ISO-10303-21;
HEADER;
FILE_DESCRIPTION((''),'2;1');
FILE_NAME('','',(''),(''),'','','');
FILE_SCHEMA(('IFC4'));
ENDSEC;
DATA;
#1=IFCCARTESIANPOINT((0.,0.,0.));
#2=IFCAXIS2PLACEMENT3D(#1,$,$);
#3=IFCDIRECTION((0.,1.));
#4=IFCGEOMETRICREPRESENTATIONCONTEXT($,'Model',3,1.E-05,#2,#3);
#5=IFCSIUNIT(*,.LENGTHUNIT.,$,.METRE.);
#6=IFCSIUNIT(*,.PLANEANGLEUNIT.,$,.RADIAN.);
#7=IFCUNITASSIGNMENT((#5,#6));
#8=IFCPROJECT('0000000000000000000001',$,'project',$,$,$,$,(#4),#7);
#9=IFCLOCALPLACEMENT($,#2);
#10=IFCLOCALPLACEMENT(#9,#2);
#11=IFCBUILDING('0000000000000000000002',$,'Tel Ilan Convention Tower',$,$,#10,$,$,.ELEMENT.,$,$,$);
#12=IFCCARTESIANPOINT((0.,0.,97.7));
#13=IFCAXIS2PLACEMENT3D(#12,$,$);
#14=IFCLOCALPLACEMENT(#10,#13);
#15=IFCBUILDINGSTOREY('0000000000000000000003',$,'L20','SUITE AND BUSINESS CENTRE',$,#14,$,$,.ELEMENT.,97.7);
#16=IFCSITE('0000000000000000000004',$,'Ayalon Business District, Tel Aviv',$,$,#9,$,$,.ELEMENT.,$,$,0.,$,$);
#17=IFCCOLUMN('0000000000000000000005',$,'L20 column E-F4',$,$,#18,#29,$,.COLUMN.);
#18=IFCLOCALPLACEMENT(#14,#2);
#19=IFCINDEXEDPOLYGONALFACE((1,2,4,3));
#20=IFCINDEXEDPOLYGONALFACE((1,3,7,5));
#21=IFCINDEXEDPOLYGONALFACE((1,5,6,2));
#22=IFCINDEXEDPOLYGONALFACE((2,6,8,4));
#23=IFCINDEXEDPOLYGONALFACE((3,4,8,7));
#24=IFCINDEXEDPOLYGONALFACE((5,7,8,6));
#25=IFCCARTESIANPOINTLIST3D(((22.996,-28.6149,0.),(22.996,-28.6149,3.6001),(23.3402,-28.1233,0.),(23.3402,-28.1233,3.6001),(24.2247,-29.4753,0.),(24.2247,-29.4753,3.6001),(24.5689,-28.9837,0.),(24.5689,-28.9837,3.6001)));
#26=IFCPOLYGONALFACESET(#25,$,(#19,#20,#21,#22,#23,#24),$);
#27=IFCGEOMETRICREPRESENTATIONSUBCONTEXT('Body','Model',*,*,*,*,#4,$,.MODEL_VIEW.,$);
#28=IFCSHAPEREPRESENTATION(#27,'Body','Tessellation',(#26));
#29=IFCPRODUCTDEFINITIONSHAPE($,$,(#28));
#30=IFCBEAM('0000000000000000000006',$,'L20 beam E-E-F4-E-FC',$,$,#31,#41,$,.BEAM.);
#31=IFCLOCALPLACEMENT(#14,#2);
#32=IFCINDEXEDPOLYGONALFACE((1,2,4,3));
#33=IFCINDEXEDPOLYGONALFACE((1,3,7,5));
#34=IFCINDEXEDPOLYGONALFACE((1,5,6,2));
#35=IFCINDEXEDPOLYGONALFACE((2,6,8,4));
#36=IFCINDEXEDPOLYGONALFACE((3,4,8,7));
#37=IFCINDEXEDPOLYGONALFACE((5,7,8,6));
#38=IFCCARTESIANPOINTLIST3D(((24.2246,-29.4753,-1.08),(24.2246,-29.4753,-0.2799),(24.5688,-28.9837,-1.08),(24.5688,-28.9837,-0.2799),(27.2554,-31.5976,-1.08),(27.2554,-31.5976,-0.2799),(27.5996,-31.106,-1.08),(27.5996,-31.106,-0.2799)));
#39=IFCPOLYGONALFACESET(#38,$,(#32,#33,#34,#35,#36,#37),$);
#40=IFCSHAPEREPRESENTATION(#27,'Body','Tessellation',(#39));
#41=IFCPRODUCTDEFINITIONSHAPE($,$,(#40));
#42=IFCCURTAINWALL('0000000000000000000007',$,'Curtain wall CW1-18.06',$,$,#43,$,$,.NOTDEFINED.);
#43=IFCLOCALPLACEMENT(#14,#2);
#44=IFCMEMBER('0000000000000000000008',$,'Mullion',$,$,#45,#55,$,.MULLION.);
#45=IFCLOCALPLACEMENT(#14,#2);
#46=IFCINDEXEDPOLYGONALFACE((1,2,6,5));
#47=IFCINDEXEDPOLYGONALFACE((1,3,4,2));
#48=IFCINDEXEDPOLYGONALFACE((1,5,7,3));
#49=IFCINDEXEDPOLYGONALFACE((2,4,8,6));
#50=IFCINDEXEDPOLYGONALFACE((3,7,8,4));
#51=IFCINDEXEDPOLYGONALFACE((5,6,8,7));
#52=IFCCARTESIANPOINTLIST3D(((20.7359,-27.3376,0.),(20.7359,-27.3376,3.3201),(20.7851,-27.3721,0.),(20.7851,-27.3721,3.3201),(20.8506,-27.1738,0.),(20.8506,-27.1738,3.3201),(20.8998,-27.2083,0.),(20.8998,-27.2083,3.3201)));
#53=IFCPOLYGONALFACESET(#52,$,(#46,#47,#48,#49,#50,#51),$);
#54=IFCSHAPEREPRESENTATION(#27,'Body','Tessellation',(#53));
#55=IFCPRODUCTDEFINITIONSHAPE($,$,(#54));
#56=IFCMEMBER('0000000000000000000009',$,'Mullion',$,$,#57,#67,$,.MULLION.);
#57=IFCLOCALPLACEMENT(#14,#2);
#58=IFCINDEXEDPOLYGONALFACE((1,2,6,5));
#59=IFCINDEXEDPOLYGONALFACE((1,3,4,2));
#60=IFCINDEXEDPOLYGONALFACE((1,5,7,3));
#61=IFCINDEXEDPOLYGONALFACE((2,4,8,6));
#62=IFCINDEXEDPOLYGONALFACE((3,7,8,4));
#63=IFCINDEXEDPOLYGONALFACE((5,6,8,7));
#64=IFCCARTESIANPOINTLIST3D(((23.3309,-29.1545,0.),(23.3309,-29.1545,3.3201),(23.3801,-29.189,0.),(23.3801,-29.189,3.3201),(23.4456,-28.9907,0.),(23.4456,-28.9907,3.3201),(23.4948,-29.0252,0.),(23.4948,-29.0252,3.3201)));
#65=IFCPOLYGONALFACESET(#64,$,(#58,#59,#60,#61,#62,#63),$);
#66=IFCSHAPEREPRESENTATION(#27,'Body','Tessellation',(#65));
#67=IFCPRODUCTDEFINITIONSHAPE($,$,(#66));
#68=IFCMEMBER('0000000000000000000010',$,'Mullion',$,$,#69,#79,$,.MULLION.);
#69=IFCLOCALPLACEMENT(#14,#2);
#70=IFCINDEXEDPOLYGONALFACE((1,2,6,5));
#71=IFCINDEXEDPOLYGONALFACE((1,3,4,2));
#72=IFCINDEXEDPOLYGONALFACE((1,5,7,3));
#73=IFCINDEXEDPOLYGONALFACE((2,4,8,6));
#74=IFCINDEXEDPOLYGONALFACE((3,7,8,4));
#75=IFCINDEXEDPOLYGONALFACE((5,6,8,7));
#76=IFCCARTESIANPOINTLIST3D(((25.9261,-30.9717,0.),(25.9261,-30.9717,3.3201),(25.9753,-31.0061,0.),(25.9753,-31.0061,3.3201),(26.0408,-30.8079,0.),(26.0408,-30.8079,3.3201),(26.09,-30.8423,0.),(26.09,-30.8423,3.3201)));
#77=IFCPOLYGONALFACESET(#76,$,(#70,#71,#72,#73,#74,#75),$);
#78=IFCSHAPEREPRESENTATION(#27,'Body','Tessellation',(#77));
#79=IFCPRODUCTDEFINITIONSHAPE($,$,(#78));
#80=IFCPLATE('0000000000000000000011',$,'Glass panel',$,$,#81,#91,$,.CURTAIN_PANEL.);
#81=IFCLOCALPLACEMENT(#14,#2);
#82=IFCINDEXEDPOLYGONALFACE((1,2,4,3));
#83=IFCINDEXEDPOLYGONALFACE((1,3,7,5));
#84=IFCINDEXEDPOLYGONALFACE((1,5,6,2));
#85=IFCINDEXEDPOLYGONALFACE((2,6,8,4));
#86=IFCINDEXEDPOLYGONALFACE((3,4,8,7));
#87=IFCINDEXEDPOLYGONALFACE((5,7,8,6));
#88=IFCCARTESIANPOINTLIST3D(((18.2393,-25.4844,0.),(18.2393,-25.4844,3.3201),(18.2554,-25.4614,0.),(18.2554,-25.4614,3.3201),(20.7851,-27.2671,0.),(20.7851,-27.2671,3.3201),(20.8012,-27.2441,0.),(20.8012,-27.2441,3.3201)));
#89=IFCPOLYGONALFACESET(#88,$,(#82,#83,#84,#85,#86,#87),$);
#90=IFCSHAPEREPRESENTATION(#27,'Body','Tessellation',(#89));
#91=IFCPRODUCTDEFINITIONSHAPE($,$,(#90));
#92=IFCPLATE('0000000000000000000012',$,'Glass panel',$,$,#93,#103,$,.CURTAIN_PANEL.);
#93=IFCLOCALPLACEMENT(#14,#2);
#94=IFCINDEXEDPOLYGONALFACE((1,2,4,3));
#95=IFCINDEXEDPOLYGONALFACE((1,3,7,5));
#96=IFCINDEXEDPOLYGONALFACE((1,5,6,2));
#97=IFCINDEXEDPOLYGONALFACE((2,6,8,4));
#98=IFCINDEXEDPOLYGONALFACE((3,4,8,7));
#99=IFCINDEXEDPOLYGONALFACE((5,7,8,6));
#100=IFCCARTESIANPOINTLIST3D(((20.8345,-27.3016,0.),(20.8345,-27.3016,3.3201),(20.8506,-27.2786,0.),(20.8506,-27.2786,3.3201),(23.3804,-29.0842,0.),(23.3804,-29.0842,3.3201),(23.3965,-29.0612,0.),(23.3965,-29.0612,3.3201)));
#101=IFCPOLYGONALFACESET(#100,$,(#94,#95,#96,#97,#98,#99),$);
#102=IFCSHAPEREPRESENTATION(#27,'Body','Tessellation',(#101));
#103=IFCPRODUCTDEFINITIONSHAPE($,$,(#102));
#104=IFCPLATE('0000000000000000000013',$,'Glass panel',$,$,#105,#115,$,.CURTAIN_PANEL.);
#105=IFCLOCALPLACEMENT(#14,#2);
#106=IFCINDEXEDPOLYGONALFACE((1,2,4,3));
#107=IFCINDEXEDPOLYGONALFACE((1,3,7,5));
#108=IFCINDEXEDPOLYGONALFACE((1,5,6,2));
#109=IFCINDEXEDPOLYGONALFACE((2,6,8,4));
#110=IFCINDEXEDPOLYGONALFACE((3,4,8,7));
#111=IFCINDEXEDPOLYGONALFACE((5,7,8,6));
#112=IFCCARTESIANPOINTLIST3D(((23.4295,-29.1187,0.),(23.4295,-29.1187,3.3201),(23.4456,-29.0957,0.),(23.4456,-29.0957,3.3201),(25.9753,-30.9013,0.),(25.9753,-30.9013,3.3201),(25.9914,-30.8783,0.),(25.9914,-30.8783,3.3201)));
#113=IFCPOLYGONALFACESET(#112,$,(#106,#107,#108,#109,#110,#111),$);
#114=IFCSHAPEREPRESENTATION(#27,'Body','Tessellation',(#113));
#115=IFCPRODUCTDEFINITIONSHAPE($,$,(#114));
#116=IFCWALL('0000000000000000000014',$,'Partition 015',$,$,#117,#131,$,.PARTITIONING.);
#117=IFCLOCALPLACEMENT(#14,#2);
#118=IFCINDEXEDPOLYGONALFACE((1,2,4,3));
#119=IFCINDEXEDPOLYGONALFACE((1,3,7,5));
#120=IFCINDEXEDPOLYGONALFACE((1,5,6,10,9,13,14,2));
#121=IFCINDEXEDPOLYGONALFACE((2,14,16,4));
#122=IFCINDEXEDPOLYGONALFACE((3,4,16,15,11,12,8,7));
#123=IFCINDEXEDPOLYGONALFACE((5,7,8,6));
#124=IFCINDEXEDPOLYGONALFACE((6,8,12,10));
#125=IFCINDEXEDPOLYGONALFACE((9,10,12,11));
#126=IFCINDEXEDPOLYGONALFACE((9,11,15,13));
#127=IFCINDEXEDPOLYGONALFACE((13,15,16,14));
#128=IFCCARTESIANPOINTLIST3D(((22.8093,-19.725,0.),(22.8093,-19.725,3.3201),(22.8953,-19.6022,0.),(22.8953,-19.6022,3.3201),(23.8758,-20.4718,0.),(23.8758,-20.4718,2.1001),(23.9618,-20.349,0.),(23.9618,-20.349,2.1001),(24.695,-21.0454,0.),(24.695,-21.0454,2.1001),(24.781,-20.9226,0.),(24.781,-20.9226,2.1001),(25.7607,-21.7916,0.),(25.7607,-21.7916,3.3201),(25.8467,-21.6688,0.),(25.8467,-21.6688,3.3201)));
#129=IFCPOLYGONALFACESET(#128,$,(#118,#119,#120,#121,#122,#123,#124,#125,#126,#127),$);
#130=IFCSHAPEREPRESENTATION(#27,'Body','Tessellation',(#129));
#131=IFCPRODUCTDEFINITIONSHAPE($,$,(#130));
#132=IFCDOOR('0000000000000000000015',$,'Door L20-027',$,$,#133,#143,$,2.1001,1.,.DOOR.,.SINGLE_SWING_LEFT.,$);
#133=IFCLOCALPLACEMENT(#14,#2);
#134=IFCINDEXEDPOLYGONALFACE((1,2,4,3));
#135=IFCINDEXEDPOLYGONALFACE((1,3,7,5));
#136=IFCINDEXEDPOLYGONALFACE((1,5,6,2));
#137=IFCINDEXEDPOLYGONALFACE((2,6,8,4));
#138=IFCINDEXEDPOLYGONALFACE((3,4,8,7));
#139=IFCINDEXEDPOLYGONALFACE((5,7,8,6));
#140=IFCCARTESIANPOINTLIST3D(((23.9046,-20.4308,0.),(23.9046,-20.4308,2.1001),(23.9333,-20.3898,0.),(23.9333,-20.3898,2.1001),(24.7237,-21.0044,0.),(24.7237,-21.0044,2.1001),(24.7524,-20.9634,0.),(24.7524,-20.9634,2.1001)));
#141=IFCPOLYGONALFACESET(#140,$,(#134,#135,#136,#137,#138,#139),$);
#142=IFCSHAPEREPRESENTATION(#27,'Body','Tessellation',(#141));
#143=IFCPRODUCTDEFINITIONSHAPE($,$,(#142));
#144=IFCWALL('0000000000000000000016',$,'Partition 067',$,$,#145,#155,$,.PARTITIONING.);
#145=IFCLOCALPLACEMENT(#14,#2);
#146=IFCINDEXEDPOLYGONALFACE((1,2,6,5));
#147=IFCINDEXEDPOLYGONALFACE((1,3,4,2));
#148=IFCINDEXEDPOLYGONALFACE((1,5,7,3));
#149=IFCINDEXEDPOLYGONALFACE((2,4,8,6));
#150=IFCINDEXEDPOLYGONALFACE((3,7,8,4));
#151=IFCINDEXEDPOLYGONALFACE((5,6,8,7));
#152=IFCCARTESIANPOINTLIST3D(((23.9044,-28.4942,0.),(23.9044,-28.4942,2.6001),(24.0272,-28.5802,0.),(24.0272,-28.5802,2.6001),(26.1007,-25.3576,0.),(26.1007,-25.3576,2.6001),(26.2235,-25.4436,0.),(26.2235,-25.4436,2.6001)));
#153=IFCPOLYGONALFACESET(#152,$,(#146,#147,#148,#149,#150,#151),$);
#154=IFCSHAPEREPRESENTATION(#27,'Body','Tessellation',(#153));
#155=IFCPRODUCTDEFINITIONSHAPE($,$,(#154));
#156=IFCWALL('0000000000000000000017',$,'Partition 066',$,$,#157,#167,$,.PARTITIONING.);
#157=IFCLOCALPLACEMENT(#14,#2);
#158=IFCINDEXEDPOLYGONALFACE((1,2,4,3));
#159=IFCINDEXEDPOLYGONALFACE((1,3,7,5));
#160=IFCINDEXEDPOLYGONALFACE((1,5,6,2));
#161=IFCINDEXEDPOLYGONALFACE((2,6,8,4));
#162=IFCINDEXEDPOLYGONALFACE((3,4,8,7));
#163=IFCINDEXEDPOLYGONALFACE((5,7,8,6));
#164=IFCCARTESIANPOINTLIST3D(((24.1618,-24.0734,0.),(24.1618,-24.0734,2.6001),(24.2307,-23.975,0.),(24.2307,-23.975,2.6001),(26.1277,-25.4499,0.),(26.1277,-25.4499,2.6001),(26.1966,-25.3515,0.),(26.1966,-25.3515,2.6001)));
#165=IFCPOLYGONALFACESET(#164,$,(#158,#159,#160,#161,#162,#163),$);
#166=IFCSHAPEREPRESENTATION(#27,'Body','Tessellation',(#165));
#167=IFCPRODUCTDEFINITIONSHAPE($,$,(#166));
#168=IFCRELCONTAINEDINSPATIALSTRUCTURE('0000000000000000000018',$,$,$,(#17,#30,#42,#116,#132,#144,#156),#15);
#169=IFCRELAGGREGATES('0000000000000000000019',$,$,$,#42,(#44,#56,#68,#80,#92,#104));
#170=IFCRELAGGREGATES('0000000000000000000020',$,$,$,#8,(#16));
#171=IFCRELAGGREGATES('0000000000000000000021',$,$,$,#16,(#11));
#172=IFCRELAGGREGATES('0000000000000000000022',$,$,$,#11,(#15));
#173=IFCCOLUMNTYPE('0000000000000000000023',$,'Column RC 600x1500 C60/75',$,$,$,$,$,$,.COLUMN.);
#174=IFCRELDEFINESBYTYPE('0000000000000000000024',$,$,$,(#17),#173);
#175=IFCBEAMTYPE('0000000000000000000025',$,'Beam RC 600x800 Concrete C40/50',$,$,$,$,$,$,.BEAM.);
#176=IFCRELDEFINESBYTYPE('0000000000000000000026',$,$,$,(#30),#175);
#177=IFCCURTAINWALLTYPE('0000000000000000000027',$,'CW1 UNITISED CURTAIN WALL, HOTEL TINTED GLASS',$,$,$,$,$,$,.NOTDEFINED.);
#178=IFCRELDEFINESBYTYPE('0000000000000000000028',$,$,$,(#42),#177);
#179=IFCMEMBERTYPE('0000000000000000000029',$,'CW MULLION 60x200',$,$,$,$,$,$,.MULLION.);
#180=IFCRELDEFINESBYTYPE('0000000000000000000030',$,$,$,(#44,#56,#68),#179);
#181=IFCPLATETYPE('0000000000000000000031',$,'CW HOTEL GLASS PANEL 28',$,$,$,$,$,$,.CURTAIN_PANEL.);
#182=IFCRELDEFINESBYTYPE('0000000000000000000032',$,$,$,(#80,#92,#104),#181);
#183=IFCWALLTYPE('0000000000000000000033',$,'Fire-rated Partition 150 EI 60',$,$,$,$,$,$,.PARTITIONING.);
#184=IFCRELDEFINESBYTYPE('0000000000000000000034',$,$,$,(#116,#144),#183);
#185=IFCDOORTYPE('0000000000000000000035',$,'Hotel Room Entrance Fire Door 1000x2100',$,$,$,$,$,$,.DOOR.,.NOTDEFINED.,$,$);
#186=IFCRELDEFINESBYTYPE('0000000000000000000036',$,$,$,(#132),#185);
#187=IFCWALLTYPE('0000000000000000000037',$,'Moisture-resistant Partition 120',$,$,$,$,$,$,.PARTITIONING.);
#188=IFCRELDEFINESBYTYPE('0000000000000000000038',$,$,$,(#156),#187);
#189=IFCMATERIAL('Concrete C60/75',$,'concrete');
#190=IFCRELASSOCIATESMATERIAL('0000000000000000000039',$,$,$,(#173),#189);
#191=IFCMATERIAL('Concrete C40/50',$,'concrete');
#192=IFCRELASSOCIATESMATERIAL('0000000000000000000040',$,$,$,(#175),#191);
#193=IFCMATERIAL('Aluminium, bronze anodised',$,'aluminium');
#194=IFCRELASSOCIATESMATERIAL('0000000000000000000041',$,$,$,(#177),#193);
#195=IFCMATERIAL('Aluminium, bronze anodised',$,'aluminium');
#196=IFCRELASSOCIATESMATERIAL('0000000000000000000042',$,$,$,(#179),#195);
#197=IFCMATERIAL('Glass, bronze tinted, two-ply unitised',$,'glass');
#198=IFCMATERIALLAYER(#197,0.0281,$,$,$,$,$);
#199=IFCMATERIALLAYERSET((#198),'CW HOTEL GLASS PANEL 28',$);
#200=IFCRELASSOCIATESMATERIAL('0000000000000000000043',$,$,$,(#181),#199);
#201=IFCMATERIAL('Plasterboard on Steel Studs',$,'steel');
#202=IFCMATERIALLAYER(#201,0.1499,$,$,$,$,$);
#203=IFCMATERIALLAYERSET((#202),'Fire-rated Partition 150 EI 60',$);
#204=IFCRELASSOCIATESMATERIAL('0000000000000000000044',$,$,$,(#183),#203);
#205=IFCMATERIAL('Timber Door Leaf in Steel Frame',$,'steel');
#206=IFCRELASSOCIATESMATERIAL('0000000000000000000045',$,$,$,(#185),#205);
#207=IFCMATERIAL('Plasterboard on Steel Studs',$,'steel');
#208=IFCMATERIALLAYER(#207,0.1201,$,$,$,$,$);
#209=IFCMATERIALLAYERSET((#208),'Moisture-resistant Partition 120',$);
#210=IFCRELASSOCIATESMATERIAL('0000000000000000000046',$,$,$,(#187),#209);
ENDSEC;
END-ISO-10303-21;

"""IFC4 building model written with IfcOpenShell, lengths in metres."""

from ifc_helpers import new_model, si_unit, direction, frame, frame_2d, origin, origin_2d, place, context, subcontext, project, spatial, rectangle, extrude, material, layer, layer_set, material_profile, profile_set, type_object, element, fill, aggregate, save


model = new_model("IFC4")

# Units and contexts
model_context = context("Model", 3, precision=1e-05, world=origin(), true_north=direction((0.0, 1.0)))
body_context = subcontext(model_context, "Body", "Model", "MODEL_VIEW")
ifc_project = project(units=[si_unit("LENGTHUNIT", "METRE"), si_unit("PLANEANGLEUNIT", "RADIAN")], contexts=[model_context])

# Site, building, storey
site_placement = place(None, origin())
site = spatial("IfcSite", under=ifc_project, at=site_placement, Name="Ayalon Business District, Tel Aviv", CompositionType="ELEMENT", RefElevation=0.0)
building_placement = place(site_placement, origin())
building = spatial("IfcBuilding", under=site, at=building_placement, Name="Tel Ilan Convention Tower", CompositionType="ELEMENT")
storey_placement = place(building_placement, frame((0.0, 0.0, 97.7)))
storey = spatial("IfcBuildingStorey", under=building, at=storey_placement, Name="L20", Description="SUITE AND BUSINESS CENTRE", CompositionType="ELEMENT", Elevation=97.7)

# Column
ifc_material_1 = material(Name="Concrete C60/75", Category="concrete")
ifc_material_profile_1 = material_profile(ifc_material_1, rectangle(XDim=1.5, YDim=0.6001, at=origin_2d()), Name="RC 600x1500")
ifc_profile_set_1 = profile_set([ifc_material_profile_1], Name="Concrete C60/75")
column_type = type_object("IfcColumnType", Name="Column RC 600x1500 C60/75", PredefinedType="COLUMN", material=ifc_profile_set_1)
column_placement = place(storey_placement, frame((23.7825, -28.7993, 0.0), z_axis=(0.0, 0.0, 1.0), x_axis=(0.819152, -0.573576, 0.0)))
element("IfcColumn", 1, at=column_placement, inside=storey, type_object=column_type, Name="L20 column E-F4", PredefinedType="COLUMN", context=body_context, shape_type="SweptSolid", body=[
    extrude(rectangle(XDim=1.5, YDim=0.6001, at=origin_2d()), origin(), (0.0, 0.0, 1.0), 3.6001),
])

# Beam
ifc_material_2 = material(Name="Concrete C40/50", Category="concrete")
ifc_material_profile_2 = material_profile(ifc_material_2, rectangle(XDim=0.6001, YDim=0.8, at=origin_2d()), Name="RC 600x800")
ifc_profile_set_2 = profile_set([ifc_material_profile_2], Name="Concrete C40/50")
beam_type = type_object("IfcBeamType", Name="Beam RC 600x800 Concrete C40/50", PredefinedType="BEAM", material=ifc_profile_set_2)
beam_placement = place(storey_placement, frame((24.3967, -29.2295, -0.6799), z_axis=(0.819133, -0.573604, 0.0), x_axis=(0.573604, 0.819133, 0.0)))
element("IfcBeam", 2, at=beam_placement, inside=storey, type_object=beam_type, Name="L20 beam E-E-F4-E-FC", PredefinedType="BEAM", context=body_context, shape_type="SweptSolid", body=[
    extrude(rectangle(XDim=0.6001, YDim=0.8, at=origin_2d()), origin(), (0.0, 0.0, 1.0), 3.7),
])

# Curtain wall, members, plates
ifc_material_3 = material(Name="Aluminium, bronze anodised", Category="aluminium")
curtain_wall_type = type_object("IfcCurtainWallType", Name="CW1 UNITISED CURTAIN WALL, HOTEL TINTED GLASS", PredefinedType="NOTDEFINED", material=ifc_material_3)
curtain_wall_placement = place(storey_placement, origin())
curtain_wall = element("IfcCurtainWall", 3, at=curtain_wall_placement, inside=storey, type_object=curtain_wall_type, Name="Curtain wall CW1-18.06", PredefinedType="NOTDEFINED")
ifc_material_4 = material(Name="Aluminium, bronze anodised", Category="aluminium")
ifc_material_profile_3 = material_profile(ifc_material_4, rectangle(XDim=0.0601, YDim=0.2, at=origin_2d()), Name="CW MULLION 60x200")
ifc_profile_set_3 = profile_set([ifc_material_profile_3], Name="Aluminium, bronze anodised")
member_type = type_object("IfcMemberType", Name="CW MULLION 60x200", PredefinedType="MULLION", material=ifc_profile_set_3)
member_1_placement = place(storey_placement, frame((20.8179, -27.2729, 0.0), z_axis=(0.0, 0.0, 1.0), x_axis=(0.819152, -0.573576, 0.0)))
member_1 = element("IfcMember", 4, at=member_1_placement, type_object=member_type, Name="Mullion", PredefinedType="MULLION", context=body_context, shape_type="SweptSolid", body=[
    extrude(rectangle(XDim=0.0601, YDim=0.2, at=origin_2d()), origin(), (0.0, 0.0, 1.0), 3.3201),
])
member_2_placement = place(storey_placement, frame((23.4128, -29.0898, 0.0), z_axis=(0.0, 0.0, 1.0), x_axis=(0.819152, -0.573576, 0.0)))
member_2 = element("IfcMember", 5, at=member_2_placement, type_object=member_type, Name="Mullion", PredefinedType="MULLION", context=body_context, shape_type="SweptSolid", body=[
    extrude(rectangle(XDim=0.0601, YDim=0.2, at=origin_2d()), origin(), (0.0, 0.0, 1.0), 3.3201),
])
member_3_placement = place(storey_placement, frame((26.0081, -30.907, 0.0), z_axis=(0.0, 0.0, 1.0), x_axis=(0.819152, -0.573576, 0.0)))
member_3 = element("IfcMember", 6, at=member_3_placement, type_object=member_type, Name="Mullion", PredefinedType="MULLION", context=body_context, shape_type="SweptSolid", body=[
    extrude(rectangle(XDim=0.0601, YDim=0.2, at=origin_2d()), origin(), (0.0, 0.0, 1.0), 3.3201),
])
ifc_material_5 = material(Name="Glass, bronze tinted, two-ply unitised", Category="glass")
ifc_layer_1 = layer(ifc_material_5, 0.0281)
ifc_layer_set_1 = layer_set([ifc_layer_1], Name="CW HOTEL GLASS PANEL 28")
plate_type = type_object("IfcPlateType", Name="CW HOTEL GLASS PANEL 28", PredefinedType="CURTAIN_PANEL", material=ifc_layer_set_1)
plate_1_placement = place(storey_placement, frame((19.5203, -26.3643, 0.0), z_axis=(0.0, 0.0, 1.0), x_axis=(0.819152, -0.573576, 0.0)))
plate_1 = element("IfcPlate", 7, at=plate_1_placement, type_object=plate_type, Name="Glass panel", PredefinedType="CURTAIN_PANEL", context=body_context, shape_type="SweptSolid", body=[
    extrude(rectangle(XDim=3.1079, YDim=0.0281, at=origin_2d()), origin(), (0.0, 0.0, 1.0), 3.3201),
])
plate_2_placement = place(storey_placement, frame((22.1155, -28.1814, 0.0), z_axis=(0.0, 0.0, 1.0), x_axis=(0.819152, -0.573576, 0.0)))
plate_2 = element("IfcPlate", 8, at=plate_2_placement, type_object=plate_type, Name="Glass panel", PredefinedType="CURTAIN_PANEL", context=body_context, shape_type="SweptSolid", body=[
    extrude(rectangle(XDim=3.1079, YDim=0.0281, at=origin_2d()), origin(), (0.0, 0.0, 1.0), 3.3201),
])
plate_3_placement = place(storey_placement, frame((24.7104, -29.9985, 0.0), z_axis=(0.0, 0.0, 1.0), x_axis=(0.819152, -0.573576, 0.0)))
plate_3 = element("IfcPlate", 9, at=plate_3_placement, type_object=plate_type, Name="Glass panel", PredefinedType="CURTAIN_PANEL", context=body_context, shape_type="SweptSolid", body=[
    extrude(rectangle(XDim=3.1079, YDim=0.0281, at=origin_2d()), origin(), (0.0, 0.0, 1.0), 3.3201),
])
aggregate(curtain_wall, [member_1, member_2, member_3, plate_1, plate_2, plate_3])

# Wall, opening, door
ifc_material_6 = material(Name="Plasterboard on Steel Studs", Category="steel")
ifc_layer_2 = layer(ifc_material_6, 0.1499)
ifc_layer_set_2 = layer_set([ifc_layer_2], Name="Fire-rated Partition 150 EI 60")
wall_type_1 = type_object("IfcWallType", Name="Fire-rated Partition 150 EI 60", PredefinedType="PARTITIONING", material=ifc_layer_set_2)
wall_1_placement = place(storey_placement, frame((25.8037, -21.7302, 0.0), z_axis=(0.0, 0.0, 1.0), x_axis=(-0.819146, 0.573585, 0.0)))
wall_1 = element("IfcWall", 10, at=wall_1_placement, inside=storey, type_object=wall_type_1, Name="Partition 015", PredefinedType="PARTITIONING", context=body_context, shape_type="SweptSolid", body=[
    extrude(rectangle(XDim=3.603, YDim=0.1499, at=frame_2d((1.8015, 0.0))), origin(), (0.0, 0.0, 1.0), 3.3201),
])
opening_placement = place(wall_1_placement, frame((1.301, 0.0, 0.0)))
opening = element("IfcOpeningElement", 11, at=opening_placement, cuts=wall_1, PredefinedType="OPENING", context=body_context, shape_type="SweptSolid", body=[
    extrude(rectangle(XDim=1.0, YDim=2.1001, at=frame_2d((0.5, 1.05))), frame((0.0, 0.085, 0.0), z_axis=(0.0, -1.0, 0.0), x_axis=(1.0, 0.0, 0.0)), (0.0, 0.0, 1.0), 0.1699),
])
ifc_material_7 = material(Name="Timber Door Leaf in Steel Frame", Category="steel")
door_type = type_object("IfcDoorType", Name="Hotel Room Entrance Fire Door 1000x2100", OperationType="NOTDEFINED", PredefinedType="DOOR", material=ifc_material_7)
door_placement = place(opening_placement, origin())
door = element("IfcDoor", 12, at=door_placement, inside=storey, type_object=door_type, Name="Door L20-027", OperationType="SINGLE_SWING_LEFT", OverallHeight=2.1001, OverallWidth=1.0, PredefinedType="DOOR", context=body_context, shape_type="SweptSolid", body=[
    extrude(rectangle(XDim=1.0, YDim=2.1001, at=frame_2d((0.5, 1.05))), frame((0.0, 0.0249, 0.0), z_axis=(0.0, -1.0, 0.0), x_axis=(1.0, 0.0, 0.0)), (0.0, 0.0, 1.0), 0.05),
])
fill(opening, door)

# Walls
wall_2_placement = place(storey_placement, frame((26.1621, -25.4006, 0.0), z_axis=(0.0, 0.0, 1.0), x_axis=(-0.573595, -0.819139, 0.0)))
element("IfcWall", 13, at=wall_2_placement, inside=storey, type_object=wall_type_1, Name="Partition 067", PredefinedType="PARTITIONING", context=body_context, shape_type="SweptSolid", body=[
    extrude(rectangle(XDim=3.8291, YDim=0.1499, at=frame_2d((1.9146, 0.0))), origin(), (0.0, 0.0, 1.0), 2.6001),
])
ifc_material_8 = material(Name="Plasterboard on Steel Studs", Category="steel")
ifc_layer_3 = layer(ifc_material_8, 0.1201)
ifc_layer_set_3 = layer_set([ifc_layer_3], Name="Moisture-resistant Partition 120")
wall_type_2 = type_object("IfcWallType", Name="Moisture-resistant Partition 120", PredefinedType="PARTITIONING", material=ifc_layer_set_3)
wall_3_placement = place(storey_placement, frame((24.1963, -24.0242, 0.0), z_axis=(0.0, 0.0, 1.0), x_axis=(0.819155, -0.573572, 0.0)))
element("IfcWall", 14, at=wall_3_placement, inside=storey, type_object=wall_type_2, Name="Partition 066", PredefinedType="PARTITIONING", context=body_context, shape_type="SweptSolid", body=[
    extrude(rectangle(XDim=2.3999, YDim=0.1201, at=frame_2d((1.2, 0.0))), origin(), (0.0, 0.0, 1.0), 2.6001),
])

save(model, "model.ifc")
